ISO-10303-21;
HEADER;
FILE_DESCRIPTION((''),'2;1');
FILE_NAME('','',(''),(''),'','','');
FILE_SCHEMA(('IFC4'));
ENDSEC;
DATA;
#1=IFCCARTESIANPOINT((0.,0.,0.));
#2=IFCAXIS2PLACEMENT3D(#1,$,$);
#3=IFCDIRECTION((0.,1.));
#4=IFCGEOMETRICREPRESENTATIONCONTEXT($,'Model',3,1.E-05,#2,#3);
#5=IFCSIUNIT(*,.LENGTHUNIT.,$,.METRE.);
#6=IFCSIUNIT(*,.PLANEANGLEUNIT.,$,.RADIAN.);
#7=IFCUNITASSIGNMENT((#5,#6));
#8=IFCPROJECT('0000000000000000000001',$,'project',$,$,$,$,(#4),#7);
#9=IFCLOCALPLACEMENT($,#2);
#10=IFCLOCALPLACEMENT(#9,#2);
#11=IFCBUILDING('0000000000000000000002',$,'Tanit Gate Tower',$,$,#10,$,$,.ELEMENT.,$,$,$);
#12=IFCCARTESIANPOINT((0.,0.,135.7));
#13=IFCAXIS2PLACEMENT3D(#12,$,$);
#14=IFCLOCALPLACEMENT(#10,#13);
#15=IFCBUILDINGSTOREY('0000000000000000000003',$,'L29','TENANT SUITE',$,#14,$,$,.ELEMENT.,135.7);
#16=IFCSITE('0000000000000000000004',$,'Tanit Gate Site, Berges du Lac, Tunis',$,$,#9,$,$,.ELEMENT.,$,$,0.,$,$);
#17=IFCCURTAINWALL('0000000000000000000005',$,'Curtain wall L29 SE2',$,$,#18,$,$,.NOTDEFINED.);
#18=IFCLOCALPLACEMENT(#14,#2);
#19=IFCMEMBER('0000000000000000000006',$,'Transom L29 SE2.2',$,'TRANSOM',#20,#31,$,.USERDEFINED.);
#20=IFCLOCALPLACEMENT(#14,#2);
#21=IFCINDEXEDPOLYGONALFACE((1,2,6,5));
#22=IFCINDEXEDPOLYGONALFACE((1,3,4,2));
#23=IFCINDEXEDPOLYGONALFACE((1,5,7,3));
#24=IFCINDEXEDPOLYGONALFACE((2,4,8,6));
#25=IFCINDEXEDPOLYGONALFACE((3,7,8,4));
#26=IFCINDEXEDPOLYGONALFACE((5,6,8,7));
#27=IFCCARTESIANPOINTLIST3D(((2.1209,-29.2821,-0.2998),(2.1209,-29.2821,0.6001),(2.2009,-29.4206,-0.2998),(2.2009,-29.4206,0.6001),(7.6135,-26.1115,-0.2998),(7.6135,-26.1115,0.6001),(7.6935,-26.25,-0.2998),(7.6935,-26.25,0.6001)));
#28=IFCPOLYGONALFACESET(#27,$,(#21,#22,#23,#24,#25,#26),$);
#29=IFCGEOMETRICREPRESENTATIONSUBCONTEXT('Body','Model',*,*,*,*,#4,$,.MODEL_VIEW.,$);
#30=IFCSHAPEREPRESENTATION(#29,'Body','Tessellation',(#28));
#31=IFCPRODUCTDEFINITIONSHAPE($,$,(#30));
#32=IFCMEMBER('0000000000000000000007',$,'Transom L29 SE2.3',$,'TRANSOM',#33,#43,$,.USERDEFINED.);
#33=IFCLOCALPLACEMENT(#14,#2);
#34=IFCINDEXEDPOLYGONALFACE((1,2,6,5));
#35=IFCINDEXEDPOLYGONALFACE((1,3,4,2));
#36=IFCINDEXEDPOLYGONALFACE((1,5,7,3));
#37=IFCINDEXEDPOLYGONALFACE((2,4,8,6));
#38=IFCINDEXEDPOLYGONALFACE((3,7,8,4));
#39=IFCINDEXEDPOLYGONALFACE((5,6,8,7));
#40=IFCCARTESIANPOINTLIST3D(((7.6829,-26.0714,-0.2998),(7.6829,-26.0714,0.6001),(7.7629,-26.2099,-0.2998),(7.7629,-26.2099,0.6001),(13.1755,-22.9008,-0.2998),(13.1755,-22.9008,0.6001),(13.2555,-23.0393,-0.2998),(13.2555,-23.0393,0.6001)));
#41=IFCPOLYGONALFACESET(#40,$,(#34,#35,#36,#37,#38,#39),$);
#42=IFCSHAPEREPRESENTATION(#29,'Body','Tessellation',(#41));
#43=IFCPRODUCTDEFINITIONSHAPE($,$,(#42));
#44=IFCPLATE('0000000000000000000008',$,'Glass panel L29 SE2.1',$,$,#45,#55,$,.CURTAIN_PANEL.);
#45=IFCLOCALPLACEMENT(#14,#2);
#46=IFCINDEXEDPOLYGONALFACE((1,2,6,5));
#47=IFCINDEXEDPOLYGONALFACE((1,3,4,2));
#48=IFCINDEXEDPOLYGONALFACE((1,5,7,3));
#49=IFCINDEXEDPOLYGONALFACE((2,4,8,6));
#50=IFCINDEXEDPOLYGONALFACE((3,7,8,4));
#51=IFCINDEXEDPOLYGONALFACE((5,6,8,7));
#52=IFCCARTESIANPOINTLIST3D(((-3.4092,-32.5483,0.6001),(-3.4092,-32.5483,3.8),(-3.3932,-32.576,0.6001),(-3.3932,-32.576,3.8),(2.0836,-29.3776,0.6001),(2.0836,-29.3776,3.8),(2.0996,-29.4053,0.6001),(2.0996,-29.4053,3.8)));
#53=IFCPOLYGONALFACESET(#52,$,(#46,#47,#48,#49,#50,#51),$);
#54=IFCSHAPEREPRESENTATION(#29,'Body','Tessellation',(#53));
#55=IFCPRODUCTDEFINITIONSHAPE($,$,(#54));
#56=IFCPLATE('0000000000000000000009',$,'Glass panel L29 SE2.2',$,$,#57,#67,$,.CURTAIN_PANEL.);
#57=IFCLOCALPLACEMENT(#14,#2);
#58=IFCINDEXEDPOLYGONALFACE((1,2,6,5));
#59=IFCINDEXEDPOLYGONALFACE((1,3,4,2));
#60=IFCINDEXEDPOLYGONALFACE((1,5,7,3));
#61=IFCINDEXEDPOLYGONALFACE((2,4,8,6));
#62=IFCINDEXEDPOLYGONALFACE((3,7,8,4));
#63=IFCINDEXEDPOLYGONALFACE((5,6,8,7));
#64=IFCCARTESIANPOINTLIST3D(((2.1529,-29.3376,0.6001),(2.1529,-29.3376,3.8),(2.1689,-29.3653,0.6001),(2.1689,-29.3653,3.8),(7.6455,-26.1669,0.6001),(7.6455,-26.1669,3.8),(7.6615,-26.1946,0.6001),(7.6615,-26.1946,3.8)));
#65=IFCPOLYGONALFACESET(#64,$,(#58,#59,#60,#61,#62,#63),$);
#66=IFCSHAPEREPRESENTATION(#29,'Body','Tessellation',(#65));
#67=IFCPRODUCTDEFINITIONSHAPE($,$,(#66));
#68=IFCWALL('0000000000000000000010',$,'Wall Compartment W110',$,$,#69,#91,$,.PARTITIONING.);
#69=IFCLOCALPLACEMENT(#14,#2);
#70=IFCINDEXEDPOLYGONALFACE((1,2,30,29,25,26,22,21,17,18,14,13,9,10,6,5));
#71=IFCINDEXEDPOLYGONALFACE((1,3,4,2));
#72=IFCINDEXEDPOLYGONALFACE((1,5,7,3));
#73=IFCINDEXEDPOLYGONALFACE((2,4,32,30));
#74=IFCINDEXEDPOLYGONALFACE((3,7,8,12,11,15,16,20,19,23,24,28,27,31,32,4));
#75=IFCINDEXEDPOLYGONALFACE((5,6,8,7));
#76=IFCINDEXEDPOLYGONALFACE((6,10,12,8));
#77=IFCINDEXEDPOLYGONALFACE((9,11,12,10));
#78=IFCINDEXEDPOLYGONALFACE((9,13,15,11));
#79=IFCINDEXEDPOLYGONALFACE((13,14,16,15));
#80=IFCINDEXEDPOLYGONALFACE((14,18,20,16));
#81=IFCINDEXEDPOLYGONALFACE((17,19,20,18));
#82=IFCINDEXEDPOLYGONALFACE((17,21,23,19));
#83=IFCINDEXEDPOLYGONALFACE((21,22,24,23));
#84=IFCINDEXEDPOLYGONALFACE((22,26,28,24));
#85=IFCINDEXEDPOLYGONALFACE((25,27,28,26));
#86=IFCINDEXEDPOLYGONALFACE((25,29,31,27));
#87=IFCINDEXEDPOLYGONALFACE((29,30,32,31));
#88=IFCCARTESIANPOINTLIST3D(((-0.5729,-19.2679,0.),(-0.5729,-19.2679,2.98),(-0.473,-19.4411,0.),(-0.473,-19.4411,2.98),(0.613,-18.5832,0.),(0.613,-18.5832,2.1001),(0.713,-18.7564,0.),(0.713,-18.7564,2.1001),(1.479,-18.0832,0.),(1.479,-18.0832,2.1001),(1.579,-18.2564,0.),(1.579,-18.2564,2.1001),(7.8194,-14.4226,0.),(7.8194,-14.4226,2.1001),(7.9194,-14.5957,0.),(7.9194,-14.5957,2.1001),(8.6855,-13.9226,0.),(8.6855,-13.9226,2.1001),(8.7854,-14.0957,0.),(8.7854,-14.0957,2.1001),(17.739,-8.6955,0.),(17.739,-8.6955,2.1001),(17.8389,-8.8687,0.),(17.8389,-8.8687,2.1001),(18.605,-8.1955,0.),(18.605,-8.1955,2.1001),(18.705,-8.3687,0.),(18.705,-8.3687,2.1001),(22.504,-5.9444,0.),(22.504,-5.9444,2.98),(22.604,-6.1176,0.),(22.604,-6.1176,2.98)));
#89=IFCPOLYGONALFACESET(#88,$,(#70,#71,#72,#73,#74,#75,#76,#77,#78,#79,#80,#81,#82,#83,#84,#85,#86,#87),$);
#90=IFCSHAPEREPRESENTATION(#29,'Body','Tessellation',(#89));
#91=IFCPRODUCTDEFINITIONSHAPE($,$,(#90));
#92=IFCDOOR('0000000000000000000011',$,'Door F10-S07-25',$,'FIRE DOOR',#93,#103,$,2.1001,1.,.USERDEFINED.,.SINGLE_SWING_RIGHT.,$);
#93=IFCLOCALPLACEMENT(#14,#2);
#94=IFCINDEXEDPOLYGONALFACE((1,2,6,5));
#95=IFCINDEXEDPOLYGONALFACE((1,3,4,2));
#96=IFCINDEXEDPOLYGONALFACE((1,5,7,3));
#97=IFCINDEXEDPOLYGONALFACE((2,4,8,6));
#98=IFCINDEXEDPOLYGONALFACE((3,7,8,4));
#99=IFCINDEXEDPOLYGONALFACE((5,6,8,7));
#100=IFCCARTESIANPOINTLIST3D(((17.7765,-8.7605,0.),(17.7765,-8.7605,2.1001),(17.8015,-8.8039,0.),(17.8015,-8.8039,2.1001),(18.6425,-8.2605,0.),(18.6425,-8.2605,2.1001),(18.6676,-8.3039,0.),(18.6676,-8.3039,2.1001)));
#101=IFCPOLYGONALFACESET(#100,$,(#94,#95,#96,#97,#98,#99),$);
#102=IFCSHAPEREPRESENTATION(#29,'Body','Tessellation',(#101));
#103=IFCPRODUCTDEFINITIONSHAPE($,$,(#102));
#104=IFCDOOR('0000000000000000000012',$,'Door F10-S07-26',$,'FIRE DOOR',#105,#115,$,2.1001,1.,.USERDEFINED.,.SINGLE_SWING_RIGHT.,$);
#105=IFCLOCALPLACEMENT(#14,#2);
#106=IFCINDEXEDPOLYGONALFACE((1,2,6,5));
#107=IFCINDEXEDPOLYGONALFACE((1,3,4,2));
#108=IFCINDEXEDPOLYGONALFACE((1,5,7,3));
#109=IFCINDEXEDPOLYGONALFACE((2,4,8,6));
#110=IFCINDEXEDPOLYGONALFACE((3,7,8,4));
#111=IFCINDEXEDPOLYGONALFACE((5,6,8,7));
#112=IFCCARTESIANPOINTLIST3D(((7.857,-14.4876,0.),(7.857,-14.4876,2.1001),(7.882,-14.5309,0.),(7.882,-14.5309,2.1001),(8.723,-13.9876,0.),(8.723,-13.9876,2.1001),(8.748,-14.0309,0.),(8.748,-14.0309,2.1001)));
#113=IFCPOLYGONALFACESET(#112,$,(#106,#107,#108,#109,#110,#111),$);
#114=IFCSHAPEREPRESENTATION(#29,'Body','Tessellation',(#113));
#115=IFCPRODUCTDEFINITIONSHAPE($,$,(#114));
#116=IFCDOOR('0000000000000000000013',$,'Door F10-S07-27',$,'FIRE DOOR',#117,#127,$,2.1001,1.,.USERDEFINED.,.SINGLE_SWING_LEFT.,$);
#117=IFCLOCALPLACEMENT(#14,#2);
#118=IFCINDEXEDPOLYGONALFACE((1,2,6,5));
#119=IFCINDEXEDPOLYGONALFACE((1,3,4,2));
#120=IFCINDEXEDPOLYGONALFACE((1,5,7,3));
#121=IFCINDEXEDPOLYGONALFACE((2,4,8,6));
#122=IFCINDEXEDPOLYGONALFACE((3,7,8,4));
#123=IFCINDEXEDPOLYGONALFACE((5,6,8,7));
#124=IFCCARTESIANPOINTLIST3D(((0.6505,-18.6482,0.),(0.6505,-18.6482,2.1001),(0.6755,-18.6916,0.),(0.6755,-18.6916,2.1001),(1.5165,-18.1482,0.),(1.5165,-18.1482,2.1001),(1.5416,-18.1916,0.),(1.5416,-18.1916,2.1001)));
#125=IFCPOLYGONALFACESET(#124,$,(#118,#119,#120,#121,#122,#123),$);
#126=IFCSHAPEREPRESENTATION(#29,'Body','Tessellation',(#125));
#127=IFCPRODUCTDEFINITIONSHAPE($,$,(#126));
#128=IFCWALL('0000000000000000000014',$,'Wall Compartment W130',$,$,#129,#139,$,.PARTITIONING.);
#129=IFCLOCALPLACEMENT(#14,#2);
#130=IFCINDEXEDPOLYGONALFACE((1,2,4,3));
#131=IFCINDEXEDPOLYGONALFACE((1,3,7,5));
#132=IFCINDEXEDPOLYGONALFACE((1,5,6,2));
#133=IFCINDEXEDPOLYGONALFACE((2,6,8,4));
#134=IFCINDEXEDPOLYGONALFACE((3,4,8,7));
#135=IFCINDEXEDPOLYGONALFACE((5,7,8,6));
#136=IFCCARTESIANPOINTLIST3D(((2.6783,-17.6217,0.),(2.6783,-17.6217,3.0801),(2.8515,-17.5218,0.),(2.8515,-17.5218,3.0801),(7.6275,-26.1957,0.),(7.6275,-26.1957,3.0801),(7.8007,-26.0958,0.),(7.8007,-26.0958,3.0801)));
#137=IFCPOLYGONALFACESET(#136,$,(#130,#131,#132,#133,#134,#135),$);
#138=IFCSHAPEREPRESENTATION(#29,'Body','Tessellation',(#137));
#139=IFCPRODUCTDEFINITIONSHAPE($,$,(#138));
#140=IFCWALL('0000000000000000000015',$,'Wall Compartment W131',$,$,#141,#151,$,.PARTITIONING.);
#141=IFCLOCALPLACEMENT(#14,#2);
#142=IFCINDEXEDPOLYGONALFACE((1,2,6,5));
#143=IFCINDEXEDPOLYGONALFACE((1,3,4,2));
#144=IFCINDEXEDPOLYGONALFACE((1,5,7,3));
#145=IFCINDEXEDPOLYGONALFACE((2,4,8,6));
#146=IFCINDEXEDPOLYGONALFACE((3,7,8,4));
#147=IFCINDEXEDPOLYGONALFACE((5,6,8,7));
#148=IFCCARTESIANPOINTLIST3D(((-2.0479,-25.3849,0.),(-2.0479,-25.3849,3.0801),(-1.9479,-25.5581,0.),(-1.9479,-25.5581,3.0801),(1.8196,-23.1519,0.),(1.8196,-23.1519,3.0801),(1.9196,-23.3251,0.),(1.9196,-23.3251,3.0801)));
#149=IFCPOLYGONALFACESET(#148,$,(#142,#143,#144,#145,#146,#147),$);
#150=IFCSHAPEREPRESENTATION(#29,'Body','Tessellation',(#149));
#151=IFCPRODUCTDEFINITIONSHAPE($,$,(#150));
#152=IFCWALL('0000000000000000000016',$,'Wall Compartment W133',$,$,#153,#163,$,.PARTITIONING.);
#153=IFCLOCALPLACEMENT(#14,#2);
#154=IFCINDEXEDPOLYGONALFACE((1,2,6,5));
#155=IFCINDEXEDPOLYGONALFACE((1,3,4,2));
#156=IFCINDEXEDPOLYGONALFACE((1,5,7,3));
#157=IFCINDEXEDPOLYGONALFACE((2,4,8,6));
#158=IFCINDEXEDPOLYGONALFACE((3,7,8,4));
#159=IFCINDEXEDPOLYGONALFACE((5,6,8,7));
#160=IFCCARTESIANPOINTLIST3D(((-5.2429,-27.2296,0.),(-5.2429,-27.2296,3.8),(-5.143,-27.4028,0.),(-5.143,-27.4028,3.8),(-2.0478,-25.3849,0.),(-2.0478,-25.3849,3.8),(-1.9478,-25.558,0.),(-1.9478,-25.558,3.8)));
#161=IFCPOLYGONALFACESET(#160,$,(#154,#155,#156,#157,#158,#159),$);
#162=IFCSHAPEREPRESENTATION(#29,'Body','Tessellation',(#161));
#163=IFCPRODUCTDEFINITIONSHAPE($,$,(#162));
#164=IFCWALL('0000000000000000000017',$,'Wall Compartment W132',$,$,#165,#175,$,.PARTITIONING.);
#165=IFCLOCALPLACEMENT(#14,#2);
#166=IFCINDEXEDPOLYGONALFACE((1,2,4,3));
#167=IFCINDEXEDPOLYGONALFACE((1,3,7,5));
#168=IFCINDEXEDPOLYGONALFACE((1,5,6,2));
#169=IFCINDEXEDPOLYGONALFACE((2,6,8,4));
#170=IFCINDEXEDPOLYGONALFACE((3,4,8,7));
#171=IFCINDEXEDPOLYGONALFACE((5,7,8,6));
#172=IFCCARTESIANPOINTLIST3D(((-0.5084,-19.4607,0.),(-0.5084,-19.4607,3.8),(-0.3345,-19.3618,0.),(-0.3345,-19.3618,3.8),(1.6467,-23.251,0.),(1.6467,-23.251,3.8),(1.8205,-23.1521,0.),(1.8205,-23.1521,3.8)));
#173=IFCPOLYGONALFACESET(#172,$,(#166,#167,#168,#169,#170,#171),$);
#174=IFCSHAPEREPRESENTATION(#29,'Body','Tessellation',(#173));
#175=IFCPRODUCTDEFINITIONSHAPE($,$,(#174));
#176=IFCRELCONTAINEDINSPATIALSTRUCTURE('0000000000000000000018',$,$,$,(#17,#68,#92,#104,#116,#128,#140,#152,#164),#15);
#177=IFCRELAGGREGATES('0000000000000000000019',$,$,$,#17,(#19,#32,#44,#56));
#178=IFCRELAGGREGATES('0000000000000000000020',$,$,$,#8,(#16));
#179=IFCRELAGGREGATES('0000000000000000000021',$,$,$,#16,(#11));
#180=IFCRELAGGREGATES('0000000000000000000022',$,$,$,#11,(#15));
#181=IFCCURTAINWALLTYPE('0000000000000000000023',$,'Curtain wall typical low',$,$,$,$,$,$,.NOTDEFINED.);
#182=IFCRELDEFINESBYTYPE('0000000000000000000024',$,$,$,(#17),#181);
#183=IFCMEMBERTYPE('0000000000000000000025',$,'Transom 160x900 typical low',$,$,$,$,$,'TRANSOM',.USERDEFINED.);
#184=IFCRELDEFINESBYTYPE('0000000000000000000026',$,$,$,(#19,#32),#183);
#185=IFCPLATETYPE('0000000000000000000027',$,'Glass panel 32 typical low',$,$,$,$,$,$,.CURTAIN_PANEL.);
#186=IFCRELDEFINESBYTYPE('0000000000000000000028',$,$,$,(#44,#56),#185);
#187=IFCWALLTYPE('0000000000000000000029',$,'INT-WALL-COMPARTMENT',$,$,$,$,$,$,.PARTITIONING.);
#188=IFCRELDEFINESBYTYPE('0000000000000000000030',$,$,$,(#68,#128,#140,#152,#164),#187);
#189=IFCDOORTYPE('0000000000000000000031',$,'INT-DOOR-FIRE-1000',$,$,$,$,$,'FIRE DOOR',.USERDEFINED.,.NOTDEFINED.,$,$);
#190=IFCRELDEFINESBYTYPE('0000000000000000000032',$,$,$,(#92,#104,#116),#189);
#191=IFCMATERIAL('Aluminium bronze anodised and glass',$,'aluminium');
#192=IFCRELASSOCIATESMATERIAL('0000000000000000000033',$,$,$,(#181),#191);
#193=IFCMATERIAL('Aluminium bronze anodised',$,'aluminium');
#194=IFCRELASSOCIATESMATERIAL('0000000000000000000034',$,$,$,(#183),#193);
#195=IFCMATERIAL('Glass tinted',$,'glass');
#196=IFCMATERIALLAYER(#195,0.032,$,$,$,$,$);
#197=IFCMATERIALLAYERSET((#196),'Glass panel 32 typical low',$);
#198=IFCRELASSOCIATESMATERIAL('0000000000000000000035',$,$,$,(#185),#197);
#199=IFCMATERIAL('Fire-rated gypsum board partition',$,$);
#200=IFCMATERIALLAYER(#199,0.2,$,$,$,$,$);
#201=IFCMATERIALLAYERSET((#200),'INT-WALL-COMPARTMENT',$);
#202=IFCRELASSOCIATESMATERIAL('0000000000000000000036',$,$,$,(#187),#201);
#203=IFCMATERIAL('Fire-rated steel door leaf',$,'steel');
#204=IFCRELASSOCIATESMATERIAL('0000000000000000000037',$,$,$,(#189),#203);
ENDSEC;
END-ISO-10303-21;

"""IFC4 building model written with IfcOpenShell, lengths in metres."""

from ifc_helpers import new_model, si_unit, direction, frame, frame_2d, origin, origin_2d, place, context, subcontext, project, spatial, rectangle, extrude, material, layer, layer_set, material_profile, profile_set, type_object, element, fill, aggregate, save


model = new_model("IFC4")

# Units and contexts
model_context = context("Model", 3, precision=1e-05, world=origin(), true_north=direction((0.0, 1.0)))
body_context = subcontext(model_context, "Body", "Model", "MODEL_VIEW")
ifc_project = project(units=[si_unit("LENGTHUNIT", "METRE"), si_unit("PLANEANGLEUNIT", "RADIAN")], contexts=[model_context])

# Site, building, storey
site_placement = place(None, origin())
site = spatial("IfcSite", under=ifc_project, at=site_placement, Name="Tanit Gate Site, Berges du Lac, Tunis", CompositionType="ELEMENT", RefElevation=0.0)
building_placement = place(site_placement, origin())
building = spatial("IfcBuilding", under=site, at=building_placement, Name="Tanit Gate Tower", CompositionType="ELEMENT")
storey_placement = place(building_placement, frame((0.0, 0.0, 135.7)))
storey = spatial("IfcBuildingStorey", under=building, at=storey_placement, Name="L29", Description="TENANT SUITE", CompositionType="ELEMENT", Elevation=135.7)

# Curtain wall
ifc_material_1 = material(Name="Aluminium bronze anodised and glass", Category="aluminium")
curtain_wall_type = type_object("IfcCurtainWallType", Name="Curtain wall typical low", PredefinedType="NOTDEFINED", material=ifc_material_1)
curtain_wall_1_placement = place(storey_placement, origin())
curtain_wall_1 = element("IfcCurtainWall", 1, at=curtain_wall_1_placement, inside=storey, type_object=curtain_wall_type, Name="Curtain wall L29 SE2", PredefinedType="NOTDEFINED")

# Members
ifc_material_2 = material(Name="Aluminium bronze anodised", Category="aluminium")
ifc_material_profile_1 = material_profile(ifc_material_2, rectangle(XDim=0.1599, YDim=0.8999, at=origin_2d()), Name="160x900 bronze transom")
ifc_profile_set_1 = profile_set([ifc_material_profile_1], Name="Aluminium bronze anodised")
member_type_1 = type_object("IfcMemberType", Name="Transom 160x900 typical low", ElementType="TRANSOM", PredefinedType="USERDEFINED", material=ifc_profile_set_1)
member_1_placement = place(storey_placement, frame((2.1609, -29.3513, 0.1501), z_axis=(0.866063, 0.499936, 0.0), x_axis=(-0.499936, 0.866063, 0.0)))
member_1 = element("IfcMember", 2, at=member_1_placement, type_object=member_type_1, Name="Transom L29 SE2.2", ObjectType="TRANSOM", PredefinedType="USERDEFINED", context=body_context, shape_type="SweptSolid", body=[
    extrude(rectangle(XDim=0.1599, YDim=0.8999, at=origin_2d()), origin(), (0.0, 0.0, 1.0), 6.342),
])
member_2_placement = place(storey_placement, frame((7.7229, -26.1406, 0.1501), z_axis=(0.866063, 0.499936, 0.0), x_axis=(-0.499936, 0.866063, 0.0)))
member_2 = element("IfcMember", 3, at=member_2_placement, type_object=member_type_1, Name="Transom L29 SE2.3", ObjectType="TRANSOM", PredefinedType="USERDEFINED", context=body_context, shape_type="SweptSolid", body=[
    extrude(rectangle(XDim=0.1599, YDim=0.8999, at=origin_2d()), origin(), (0.0, 0.0, 1.0), 6.342),
])

# Plates
ifc_material_3 = material(Name="Glass tinted", Category="glass")
ifc_layer_1 = layer(ifc_material_3, 0.032)
ifc_layer_set_1 = layer_set([ifc_layer_1], Name="Glass panel 32 typical low")
plate_type = type_object("IfcPlateType", Name="Glass panel 32 typical low", PredefinedType="CURTAIN_PANEL", material=ifc_layer_set_1)
plate_1_placement = place(storey_placement, frame((-0.6548, -30.9768, 0.6001), z_axis=(0.0, 0.0, 1.0), x_axis=(0.86606, 0.49994, 0.0)))
plate_1 = element("IfcPlate", 4, at=plate_1_placement, type_object=plate_type, Name="Glass panel L29 SE2.1", PredefinedType="CURTAIN_PANEL", context=body_context, shape_type="SweptSolid", body=[
    extrude(rectangle(XDim=6.3423, YDim=0.032, at=origin_2d()), origin(), (0.0, 0.0, 1.0), 3.2),
])
plate_2_placement = place(storey_placement, frame((4.9072, -27.7661, 0.6001), z_axis=(0.0, 0.0, 1.0), x_axis=(0.86606, 0.49994, 0.0)))
plate_2 = element("IfcPlate", 5, at=plate_2_placement, type_object=plate_type, Name="Glass panel L29 SE2.2", PredefinedType="CURTAIN_PANEL", context=body_context, shape_type="SweptSolid", body=[
    extrude(rectangle(XDim=6.342, YDim=0.032, at=origin_2d()), origin(), (0.0, 0.0, 1.0), 3.2),
])
aggregate(curtain_wall_1, [member_1, member_2, plate_1, plate_2])

# Wall, openings, doors
ifc_material_4 = material(Name="Fire-rated gypsum board partition")
ifc_layer_2 = layer(ifc_material_4, 0.2)
ifc_layer_set_2 = layer_set([ifc_layer_2], Name="INT-WALL-COMPARTMENT")
wall_type_1 = type_object("IfcWallType", Name="INT-WALL-COMPARTMENT", PredefinedType="PARTITIONING", material=ifc_layer_set_2)
wall_1_placement = place(storey_placement, frame((-0.5229, -19.3545, 0.0), z_axis=(0.0, 0.0, 1.0), x_axis=(0.866025, 0.500001, 0.0)))
wall_1 = element("IfcWall", 6, at=wall_1_placement, inside=storey, type_object=wall_type_1, Name="Wall Compartment W110", PredefinedType="PARTITIONING", context=body_context, shape_type="SweptSolid", body=[
    extrude(rectangle(XDim=26.647, YDim=0.2, at=frame_2d((13.3235, 0.0))), origin(), (0.0, 0.0, 1.0), 2.98),
])
opening_1_placement = place(wall_1_placement, frame((21.1448, 0.0, 0.0)))
opening_1 = element("IfcOpeningElement", 7, at=opening_1_placement, cuts=wall_1, PredefinedType="OPENING", context=body_context, shape_type="SweptSolid", body=[
    extrude(rectangle(XDim=1.0, YDim=2.1001, at=frame_2d((0.5, 1.05))), frame((0.0, 0.1099, 0.0), z_axis=(0.0, -1.0, 0.0), x_axis=(1.0, 0.0, 0.0)), (0.0, 0.0, 1.0), 0.22),
])
opening_2_placement = place(wall_1_placement, frame((9.6907, 0.0, 0.0)))
opening_2 = element("IfcOpeningElement", 8, at=opening_2_placement, cuts=wall_1, PredefinedType="OPENING", context=body_context, shape_type="SweptSolid", body=[
    extrude(rectangle(XDim=1.0, YDim=2.1001, at=frame_2d((0.5, 1.05))), frame((0.0, 0.1099, 0.0), z_axis=(0.0, -1.0, 0.0), x_axis=(1.0, 0.0, 0.0)), (0.0, 0.0, 1.0), 0.22),
])
opening_3_placement = place(wall_1_placement, frame((1.3694, 0.0, 0.0)))
opening_3 = element("IfcOpeningElement", 9, at=opening_3_placement, cuts=wall_1, PredefinedType="OPENING", context=body_context, shape_type="SweptSolid", body=[
    extrude(rectangle(XDim=1.0, YDim=2.1001, at=frame_2d((0.5, 1.05))), frame((0.0, 0.1099, 0.0), z_axis=(0.0, -1.0, 0.0), x_axis=(1.0, 0.0, 0.0)), (0.0, 0.0, 1.0), 0.22),
])
ifc_material_5 = material(Name="Fire-rated steel door leaf", Category="steel")
door_type = type_object("IfcDoorType", Name="INT-DOOR-FIRE-1000", ElementType="FIRE DOOR", OperationType="NOTDEFINED", PredefinedType="USERDEFINED", material=ifc_material_5)
door_1_placement = place(opening_1_placement, origin())
door_1 = element("IfcDoor", 10, at=door_1_placement, inside=storey, type_object=door_type, Name="Door F10-S07-25", ObjectType="FIRE DOOR", OperationType="SINGLE_SWING_RIGHT", OverallHeight=2.1001, OverallWidth=1.0, PredefinedType="USERDEFINED", context=body_context, shape_type="SweptSolid", body=[
    extrude(rectangle(XDim=1.0, YDim=2.1001, at=frame_2d((0.5, 1.05))), frame((0.0, 0.0249, 0.0), z_axis=(0.0, -1.0, 0.0), x_axis=(1.0, 0.0, 0.0)), (0.0, 0.0, 1.0), 0.05),
])
fill(opening_1, door_1)
door_2_placement = place(opening_2_placement, origin())
door_2 = element("IfcDoor", 11, at=door_2_placement, inside=storey, type_object=door_type, Name="Door F10-S07-26", ObjectType="FIRE DOOR", OperationType="SINGLE_SWING_RIGHT", OverallHeight=2.1001, OverallWidth=1.0, PredefinedType="USERDEFINED", context=body_context, shape_type="SweptSolid", body=[
    extrude(rectangle(XDim=1.0, YDim=2.1001, at=frame_2d((0.5, 1.05))), frame((0.0, 0.0249, 0.0), z_axis=(0.0, -1.0, 0.0), x_axis=(1.0, 0.0, 0.0)), (0.0, 0.0, 1.0), 0.05),
])
fill(opening_2, door_2)
door_3_placement = place(opening_3_placement, origin())
door_3 = element("IfcDoor", 12, at=door_3_placement, inside=storey, type_object=door_type, Name="Door F10-S07-27", ObjectType="FIRE DOOR", OperationType="SINGLE_SWING_LEFT", OverallHeight=2.1001, OverallWidth=1.0, PredefinedType="USERDEFINED", context=body_context, shape_type="SweptSolid", body=[
    extrude(rectangle(XDim=1.0, YDim=2.1001, at=frame_2d((0.5, 1.05))), frame((0.0, 0.0249, 0.0), z_axis=(0.0, -1.0, 0.0), x_axis=(1.0, 0.0, 0.0)), (0.0, 0.0, 1.0), 0.05),
])
fill(opening_3, door_3)

# Walls
wall_2_placement = place(storey_placement, frame((7.7141, -26.1458, 0.0), z_axis=(0.0, 0.0, 1.0), x_axis=(-0.499927, 0.866068, 0.0)))
element("IfcWall", 13, at=wall_2_placement, inside=storey, type_object=wall_type_1, Name="Wall Compartment W130", PredefinedType="PARTITIONING", context=body_context, shape_type="SweptSolid", body=[
    extrude(rectangle(XDim=9.8999, YDim=0.2, at=frame_2d((4.95, 0.0))), origin(), (0.0, 0.0, 1.0), 3.0801),
])
wall_3_placement = place(storey_placement, frame((1.8696, -23.2385, 0.0), z_axis=(0.0, 0.0, 1.0), x_axis=(-0.866021, -0.500008, 0.0)))
element("IfcWall", 14, at=wall_3_placement, inside=storey, type_object=wall_type_1, Name="Wall Compartment W131", PredefinedType="PARTITIONING", context=body_context, shape_type="SweptSolid", body=[
    extrude(rectangle(XDim=4.4658, YDim=0.2, at=frame_2d((2.2329, 0.0))), origin(), (0.0, 0.0, 1.0), 3.0801),
])
wall_4_placement = place(storey_placement, frame((-1.9978, -25.4714, 0.0), z_axis=(0.0, 0.0, 1.0), x_axis=(-0.866019, -0.500011, 0.0)))
element("IfcWall", 15, at=wall_4_placement, inside=storey, type_object=wall_type_1, Name="Wall Compartment W133", PredefinedType="PARTITIONING", context=body_context, shape_type="SweptSolid", body=[
    extrude(rectangle(XDim=3.6895, YDim=0.2, at=frame_2d((1.8447, 0.0))), origin(), (0.0, 0.0, 1.0), 3.8),
])
wall_5_placement = place(storey_placement, frame((1.7336, -23.2017, 0.0), z_axis=(0.0, 0.0, 1.0), x_axis=(-0.494262, 0.869313, 0.0)))
element("IfcWall", 16, at=wall_5_placement, inside=storey, type_object=wall_type_1, Name="Wall Compartment W132", PredefinedType="PARTITIONING", context=body_context, shape_type="SweptSolid", body=[
    extrude(rectangle(XDim=4.3601, YDim=0.2, at=frame_2d((2.1802, 0.0))), origin(), (0.0, 0.0, 1.0), 3.8),
])

save(model, "model.ifc")
